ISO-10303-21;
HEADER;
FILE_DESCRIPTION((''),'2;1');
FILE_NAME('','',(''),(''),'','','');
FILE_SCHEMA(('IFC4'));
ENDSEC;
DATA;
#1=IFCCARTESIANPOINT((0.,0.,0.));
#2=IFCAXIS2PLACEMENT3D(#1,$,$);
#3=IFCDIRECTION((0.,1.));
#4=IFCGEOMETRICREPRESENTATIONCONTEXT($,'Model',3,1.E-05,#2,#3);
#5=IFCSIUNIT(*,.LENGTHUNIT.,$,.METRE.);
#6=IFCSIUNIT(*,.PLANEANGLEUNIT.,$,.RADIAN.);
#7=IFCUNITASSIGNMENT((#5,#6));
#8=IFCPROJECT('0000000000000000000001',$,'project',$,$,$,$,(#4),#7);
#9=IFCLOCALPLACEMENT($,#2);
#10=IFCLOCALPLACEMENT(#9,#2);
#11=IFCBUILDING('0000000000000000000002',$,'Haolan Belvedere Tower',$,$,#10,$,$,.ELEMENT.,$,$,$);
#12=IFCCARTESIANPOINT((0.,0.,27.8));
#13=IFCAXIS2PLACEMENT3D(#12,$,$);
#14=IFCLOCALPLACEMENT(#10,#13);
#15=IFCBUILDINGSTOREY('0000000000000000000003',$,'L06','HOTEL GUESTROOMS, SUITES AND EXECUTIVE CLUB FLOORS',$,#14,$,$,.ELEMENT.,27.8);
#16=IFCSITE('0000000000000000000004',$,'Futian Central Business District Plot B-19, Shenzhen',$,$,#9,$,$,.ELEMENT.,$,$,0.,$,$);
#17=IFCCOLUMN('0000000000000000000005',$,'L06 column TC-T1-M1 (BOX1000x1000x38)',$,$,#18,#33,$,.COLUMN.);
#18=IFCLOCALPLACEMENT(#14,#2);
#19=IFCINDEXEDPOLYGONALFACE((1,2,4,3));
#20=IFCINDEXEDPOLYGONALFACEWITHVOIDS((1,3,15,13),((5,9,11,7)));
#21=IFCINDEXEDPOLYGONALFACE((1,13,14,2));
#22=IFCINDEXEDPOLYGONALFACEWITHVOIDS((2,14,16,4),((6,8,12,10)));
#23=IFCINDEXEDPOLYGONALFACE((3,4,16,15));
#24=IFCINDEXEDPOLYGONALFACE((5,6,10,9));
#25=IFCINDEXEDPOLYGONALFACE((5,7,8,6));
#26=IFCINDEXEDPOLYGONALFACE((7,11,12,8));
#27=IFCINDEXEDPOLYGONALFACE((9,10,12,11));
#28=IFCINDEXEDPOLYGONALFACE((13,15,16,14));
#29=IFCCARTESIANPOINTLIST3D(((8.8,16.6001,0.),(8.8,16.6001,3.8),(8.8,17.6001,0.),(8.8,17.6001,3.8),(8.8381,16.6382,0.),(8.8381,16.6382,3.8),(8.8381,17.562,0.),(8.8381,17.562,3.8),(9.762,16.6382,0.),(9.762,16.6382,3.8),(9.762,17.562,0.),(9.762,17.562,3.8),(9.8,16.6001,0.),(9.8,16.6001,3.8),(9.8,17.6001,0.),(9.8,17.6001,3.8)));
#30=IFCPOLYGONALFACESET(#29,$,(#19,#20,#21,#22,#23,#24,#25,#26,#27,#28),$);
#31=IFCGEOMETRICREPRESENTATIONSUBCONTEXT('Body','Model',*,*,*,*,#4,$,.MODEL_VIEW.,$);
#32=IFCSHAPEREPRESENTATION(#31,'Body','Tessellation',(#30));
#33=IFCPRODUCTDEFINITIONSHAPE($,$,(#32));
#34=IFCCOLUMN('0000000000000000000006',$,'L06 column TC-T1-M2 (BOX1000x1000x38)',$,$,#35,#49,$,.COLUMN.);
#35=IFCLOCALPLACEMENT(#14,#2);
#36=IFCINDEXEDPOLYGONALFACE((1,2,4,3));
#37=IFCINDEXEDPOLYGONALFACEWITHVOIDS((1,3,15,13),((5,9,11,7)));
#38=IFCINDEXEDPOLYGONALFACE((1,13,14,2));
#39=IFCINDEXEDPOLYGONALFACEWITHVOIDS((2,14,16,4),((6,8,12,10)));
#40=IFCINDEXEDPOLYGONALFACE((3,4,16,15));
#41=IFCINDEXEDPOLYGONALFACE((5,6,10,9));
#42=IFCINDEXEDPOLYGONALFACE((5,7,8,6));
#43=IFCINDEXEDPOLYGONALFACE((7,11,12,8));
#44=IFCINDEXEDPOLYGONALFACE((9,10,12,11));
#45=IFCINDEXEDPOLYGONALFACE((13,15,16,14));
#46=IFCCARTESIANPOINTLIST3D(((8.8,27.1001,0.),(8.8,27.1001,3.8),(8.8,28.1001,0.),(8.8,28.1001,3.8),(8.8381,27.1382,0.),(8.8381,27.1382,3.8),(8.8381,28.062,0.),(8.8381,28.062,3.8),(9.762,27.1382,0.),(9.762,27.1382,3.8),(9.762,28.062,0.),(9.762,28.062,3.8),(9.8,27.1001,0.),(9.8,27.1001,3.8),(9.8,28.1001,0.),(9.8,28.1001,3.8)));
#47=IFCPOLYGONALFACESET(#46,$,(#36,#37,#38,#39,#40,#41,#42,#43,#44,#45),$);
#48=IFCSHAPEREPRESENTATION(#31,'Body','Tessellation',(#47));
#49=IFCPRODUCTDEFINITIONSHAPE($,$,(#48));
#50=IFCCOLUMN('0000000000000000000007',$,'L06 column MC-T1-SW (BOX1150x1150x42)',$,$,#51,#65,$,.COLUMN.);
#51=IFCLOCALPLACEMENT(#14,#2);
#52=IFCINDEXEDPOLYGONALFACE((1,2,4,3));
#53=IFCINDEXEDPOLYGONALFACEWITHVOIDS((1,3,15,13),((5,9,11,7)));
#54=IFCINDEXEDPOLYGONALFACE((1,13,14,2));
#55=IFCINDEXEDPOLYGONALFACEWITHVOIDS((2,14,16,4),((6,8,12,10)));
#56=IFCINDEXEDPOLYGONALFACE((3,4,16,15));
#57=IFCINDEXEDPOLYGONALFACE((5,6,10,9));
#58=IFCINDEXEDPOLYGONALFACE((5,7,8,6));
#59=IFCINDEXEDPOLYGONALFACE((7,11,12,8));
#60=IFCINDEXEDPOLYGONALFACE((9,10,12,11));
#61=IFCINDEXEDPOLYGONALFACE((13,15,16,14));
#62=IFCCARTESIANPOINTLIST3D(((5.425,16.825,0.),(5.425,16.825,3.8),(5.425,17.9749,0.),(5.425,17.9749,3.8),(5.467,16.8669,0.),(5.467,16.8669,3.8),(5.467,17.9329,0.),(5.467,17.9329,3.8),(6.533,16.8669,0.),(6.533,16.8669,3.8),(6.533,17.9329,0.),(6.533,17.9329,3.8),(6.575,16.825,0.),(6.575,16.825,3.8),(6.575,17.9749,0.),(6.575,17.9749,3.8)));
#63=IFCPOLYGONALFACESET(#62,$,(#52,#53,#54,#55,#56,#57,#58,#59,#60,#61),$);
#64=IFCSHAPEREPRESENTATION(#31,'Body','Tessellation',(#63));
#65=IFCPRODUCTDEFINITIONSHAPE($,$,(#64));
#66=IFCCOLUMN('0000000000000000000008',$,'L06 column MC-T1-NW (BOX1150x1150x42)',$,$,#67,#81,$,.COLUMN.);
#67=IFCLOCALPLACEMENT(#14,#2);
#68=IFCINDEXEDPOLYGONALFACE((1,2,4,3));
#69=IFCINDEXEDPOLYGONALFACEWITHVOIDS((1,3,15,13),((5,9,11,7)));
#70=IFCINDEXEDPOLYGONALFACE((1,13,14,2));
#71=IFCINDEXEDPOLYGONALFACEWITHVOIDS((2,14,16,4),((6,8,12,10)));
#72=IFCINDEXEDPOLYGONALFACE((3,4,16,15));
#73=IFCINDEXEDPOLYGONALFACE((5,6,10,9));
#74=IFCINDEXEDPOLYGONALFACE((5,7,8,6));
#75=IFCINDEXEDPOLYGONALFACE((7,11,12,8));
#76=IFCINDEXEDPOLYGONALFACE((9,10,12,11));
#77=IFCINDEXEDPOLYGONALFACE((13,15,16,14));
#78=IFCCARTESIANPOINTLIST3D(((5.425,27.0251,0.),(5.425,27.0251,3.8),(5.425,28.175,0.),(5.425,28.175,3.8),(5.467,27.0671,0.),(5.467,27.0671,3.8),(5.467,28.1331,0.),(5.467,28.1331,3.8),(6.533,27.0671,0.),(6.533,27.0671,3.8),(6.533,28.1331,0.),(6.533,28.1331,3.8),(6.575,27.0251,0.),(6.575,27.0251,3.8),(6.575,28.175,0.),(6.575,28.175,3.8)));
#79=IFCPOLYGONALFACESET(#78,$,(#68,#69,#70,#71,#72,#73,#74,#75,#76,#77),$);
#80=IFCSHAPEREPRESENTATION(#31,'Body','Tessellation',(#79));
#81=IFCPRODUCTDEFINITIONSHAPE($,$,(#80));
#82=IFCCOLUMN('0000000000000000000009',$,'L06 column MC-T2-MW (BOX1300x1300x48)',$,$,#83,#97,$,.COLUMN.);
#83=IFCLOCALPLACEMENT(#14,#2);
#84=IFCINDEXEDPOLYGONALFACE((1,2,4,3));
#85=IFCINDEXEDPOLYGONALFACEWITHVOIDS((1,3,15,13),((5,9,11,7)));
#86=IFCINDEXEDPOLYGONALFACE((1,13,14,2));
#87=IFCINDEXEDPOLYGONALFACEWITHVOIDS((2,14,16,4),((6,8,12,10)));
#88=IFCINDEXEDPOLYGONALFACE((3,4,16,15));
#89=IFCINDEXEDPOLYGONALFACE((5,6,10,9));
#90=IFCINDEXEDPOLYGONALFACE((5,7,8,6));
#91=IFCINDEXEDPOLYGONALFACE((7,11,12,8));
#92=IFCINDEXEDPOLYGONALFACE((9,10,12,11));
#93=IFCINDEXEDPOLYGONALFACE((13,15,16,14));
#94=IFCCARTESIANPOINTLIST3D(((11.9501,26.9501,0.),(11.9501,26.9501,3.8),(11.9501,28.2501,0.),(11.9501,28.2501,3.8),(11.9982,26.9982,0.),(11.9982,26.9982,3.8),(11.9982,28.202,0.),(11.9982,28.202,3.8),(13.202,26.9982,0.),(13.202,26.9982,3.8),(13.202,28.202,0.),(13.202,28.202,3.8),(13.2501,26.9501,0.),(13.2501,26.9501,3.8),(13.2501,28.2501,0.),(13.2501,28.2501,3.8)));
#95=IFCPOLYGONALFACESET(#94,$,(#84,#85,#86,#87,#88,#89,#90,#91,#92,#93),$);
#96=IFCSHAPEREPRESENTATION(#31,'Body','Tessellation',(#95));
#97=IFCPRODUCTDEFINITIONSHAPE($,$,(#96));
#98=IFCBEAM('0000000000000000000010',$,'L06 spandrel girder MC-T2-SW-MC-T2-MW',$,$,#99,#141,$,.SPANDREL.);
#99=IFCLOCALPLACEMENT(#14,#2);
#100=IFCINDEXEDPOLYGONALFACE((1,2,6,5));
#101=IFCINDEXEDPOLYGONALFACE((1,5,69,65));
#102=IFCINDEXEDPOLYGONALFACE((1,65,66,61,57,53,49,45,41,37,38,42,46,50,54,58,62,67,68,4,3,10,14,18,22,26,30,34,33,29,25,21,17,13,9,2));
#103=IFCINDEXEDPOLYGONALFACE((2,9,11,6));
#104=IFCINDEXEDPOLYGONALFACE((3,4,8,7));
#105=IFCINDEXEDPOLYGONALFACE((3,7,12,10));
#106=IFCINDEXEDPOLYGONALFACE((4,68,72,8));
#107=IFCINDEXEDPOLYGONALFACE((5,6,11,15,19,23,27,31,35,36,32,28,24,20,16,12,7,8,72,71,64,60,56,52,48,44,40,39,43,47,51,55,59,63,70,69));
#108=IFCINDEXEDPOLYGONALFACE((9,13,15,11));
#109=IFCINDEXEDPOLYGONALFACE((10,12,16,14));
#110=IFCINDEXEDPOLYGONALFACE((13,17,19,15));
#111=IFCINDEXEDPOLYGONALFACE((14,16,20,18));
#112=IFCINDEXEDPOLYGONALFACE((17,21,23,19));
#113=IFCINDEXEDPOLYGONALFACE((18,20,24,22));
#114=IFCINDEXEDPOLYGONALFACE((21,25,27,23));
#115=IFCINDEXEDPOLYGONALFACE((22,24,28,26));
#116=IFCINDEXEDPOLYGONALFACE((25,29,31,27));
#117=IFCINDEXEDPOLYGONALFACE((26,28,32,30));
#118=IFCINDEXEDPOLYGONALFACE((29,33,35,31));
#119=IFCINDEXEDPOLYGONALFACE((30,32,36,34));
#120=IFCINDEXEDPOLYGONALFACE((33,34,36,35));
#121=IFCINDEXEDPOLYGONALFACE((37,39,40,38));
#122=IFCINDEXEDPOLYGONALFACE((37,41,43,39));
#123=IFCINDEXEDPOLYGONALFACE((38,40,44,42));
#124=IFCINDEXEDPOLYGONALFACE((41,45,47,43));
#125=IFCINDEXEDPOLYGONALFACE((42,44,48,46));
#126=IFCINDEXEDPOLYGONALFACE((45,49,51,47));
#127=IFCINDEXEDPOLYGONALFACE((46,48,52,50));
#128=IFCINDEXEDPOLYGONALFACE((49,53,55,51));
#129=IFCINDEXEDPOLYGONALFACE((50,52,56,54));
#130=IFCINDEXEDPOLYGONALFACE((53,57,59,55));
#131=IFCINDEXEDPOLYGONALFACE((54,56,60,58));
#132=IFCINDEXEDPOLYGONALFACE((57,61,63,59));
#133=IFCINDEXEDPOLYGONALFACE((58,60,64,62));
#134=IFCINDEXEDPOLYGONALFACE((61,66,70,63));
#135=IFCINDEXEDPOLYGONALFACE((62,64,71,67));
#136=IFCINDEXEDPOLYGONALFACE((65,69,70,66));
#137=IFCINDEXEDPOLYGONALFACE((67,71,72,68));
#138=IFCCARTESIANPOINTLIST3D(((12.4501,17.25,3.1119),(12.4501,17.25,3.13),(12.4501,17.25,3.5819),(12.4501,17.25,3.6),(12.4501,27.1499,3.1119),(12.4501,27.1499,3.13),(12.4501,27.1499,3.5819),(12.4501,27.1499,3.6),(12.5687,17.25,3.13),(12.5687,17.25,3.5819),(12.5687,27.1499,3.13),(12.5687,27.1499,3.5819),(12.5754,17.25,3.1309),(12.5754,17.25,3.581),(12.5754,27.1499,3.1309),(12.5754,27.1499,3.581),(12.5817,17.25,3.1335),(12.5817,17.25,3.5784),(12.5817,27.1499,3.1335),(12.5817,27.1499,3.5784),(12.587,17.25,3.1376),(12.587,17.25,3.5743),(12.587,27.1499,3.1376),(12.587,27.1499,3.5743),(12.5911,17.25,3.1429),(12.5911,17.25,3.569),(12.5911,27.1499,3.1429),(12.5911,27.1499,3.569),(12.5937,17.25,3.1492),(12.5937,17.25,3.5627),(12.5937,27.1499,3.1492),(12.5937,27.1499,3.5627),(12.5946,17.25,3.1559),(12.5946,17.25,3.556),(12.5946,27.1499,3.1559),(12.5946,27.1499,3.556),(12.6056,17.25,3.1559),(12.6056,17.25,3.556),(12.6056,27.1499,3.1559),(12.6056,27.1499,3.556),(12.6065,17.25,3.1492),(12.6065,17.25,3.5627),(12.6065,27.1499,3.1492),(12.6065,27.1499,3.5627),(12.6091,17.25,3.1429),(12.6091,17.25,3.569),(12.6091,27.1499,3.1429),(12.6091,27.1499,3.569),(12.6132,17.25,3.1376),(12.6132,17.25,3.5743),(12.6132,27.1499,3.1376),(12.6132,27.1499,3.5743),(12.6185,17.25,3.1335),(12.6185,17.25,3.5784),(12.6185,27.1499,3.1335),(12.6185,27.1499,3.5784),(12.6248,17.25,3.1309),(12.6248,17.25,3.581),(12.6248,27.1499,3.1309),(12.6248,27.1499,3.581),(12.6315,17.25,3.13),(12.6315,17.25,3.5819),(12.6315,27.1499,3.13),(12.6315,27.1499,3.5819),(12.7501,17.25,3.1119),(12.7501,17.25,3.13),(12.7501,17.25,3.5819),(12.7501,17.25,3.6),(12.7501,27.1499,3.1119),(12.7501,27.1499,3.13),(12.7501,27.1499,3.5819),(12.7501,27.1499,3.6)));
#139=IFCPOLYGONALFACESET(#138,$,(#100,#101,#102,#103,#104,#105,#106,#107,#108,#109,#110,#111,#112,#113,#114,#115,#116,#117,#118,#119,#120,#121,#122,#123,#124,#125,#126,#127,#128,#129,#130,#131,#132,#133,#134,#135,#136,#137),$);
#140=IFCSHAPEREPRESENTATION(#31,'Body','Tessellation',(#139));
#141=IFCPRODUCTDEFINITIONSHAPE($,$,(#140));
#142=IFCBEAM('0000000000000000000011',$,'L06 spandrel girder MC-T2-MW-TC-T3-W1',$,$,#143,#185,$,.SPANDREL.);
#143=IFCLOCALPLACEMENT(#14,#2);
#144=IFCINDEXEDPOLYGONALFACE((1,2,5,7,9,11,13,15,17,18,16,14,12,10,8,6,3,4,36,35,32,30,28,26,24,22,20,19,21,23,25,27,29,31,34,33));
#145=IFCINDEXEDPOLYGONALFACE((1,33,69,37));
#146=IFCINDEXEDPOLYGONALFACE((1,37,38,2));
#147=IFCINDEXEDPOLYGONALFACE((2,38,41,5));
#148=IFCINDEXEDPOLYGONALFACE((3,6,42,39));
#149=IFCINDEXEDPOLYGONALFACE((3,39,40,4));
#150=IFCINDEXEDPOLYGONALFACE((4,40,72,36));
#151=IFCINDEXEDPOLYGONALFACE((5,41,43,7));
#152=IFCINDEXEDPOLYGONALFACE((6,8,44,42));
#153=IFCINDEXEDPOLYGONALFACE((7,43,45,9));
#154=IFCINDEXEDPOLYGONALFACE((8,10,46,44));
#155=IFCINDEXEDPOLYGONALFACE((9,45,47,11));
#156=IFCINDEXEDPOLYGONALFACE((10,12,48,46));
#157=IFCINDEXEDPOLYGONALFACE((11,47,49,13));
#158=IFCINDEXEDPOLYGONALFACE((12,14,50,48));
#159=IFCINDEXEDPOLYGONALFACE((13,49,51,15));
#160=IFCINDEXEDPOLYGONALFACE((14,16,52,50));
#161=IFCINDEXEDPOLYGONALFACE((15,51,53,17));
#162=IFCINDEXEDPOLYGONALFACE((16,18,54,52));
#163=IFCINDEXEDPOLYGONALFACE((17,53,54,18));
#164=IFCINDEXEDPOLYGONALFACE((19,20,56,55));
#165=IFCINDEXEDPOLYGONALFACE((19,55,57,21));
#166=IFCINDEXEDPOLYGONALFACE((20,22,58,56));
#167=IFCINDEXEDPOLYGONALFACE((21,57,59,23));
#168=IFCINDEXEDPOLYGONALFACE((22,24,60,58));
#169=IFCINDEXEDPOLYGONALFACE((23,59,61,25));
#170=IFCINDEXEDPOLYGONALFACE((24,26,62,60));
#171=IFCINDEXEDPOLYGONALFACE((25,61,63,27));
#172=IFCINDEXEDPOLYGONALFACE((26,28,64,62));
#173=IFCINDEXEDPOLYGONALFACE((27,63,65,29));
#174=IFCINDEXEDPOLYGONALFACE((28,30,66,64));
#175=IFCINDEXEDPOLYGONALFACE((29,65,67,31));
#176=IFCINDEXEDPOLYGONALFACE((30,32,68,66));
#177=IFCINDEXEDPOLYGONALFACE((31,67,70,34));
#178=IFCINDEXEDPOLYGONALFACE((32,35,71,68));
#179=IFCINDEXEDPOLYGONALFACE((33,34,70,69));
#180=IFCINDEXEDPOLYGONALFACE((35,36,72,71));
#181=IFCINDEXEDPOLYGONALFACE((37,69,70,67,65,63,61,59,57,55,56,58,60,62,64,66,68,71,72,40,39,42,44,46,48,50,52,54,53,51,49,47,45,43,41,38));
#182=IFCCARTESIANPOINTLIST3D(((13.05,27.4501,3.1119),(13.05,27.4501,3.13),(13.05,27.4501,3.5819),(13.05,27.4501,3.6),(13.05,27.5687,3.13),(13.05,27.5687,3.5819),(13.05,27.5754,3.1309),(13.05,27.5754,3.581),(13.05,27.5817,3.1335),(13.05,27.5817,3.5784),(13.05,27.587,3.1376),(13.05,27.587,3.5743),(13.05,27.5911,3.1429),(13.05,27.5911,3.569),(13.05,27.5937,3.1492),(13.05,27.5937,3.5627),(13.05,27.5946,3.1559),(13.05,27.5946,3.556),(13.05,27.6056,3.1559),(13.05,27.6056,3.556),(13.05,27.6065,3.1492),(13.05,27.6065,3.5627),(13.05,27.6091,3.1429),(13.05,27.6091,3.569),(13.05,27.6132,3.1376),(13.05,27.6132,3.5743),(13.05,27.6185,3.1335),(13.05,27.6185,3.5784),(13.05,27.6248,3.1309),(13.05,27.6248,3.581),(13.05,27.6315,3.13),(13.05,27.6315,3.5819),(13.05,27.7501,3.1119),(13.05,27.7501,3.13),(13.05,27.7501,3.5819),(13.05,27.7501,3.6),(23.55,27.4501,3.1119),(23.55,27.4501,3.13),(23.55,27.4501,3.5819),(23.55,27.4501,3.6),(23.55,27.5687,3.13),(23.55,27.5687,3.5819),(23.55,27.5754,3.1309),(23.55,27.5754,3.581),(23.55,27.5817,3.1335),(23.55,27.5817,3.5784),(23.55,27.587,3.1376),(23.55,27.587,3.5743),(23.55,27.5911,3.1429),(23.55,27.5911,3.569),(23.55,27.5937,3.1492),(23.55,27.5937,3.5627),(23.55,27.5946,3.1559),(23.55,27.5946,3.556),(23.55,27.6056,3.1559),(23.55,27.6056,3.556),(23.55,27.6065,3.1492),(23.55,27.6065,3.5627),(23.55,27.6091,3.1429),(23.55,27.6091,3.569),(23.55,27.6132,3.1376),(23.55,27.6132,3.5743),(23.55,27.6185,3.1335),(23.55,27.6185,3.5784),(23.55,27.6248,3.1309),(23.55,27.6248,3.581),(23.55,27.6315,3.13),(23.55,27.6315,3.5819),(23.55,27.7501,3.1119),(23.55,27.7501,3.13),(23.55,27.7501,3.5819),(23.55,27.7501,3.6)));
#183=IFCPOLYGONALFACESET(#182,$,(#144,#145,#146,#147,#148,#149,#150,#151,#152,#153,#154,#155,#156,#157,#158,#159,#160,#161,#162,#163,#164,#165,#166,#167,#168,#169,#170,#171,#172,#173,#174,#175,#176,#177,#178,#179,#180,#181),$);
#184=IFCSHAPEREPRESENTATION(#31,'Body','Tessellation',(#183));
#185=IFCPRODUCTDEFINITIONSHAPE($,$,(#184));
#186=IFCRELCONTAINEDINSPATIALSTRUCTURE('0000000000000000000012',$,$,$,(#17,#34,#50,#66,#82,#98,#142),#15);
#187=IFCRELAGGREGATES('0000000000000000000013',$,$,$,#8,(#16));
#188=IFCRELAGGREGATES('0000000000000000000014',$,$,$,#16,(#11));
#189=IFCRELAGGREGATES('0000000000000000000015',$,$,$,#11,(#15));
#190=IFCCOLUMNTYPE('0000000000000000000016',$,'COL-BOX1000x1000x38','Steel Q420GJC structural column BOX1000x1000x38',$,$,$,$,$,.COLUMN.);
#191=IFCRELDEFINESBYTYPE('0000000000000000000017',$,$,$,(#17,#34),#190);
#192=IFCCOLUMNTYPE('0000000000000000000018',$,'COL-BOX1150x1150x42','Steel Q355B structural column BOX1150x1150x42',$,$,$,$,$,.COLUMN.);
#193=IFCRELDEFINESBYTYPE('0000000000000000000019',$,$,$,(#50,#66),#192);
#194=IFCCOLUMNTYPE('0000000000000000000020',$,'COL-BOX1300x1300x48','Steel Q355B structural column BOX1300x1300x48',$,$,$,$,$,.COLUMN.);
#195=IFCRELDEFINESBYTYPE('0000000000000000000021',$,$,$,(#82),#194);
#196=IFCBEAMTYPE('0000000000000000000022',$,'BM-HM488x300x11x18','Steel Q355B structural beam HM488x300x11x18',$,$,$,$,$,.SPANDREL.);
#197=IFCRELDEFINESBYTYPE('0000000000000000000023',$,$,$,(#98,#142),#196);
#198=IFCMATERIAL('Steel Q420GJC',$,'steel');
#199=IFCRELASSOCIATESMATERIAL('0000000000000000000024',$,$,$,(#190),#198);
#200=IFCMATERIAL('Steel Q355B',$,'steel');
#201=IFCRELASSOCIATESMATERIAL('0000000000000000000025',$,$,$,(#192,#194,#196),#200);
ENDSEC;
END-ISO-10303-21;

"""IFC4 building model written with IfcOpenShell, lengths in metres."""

from ifc_helpers import new_model, si_unit, direction, frame, origin, origin_2d, place, context, subcontext, project, spatial, hollow_rectangle, i_section, extrude, material, material_profile, profile_set, type_object, element, save


model = new_model("IFC4")

# Units and contexts
model_context = context("Model", 3, precision=1e-05, world=origin(), true_north=direction((0.0, 1.0)))
body_context = subcontext(model_context, "Body", "Model", "MODEL_VIEW")
ifc_project = project(units=[si_unit("LENGTHUNIT", "METRE"), si_unit("PLANEANGLEUNIT", "RADIAN")], contexts=[model_context])

# Site, building, storey
site_placement = place(None, origin())
site = spatial("IfcSite", under=ifc_project, at=site_placement, Name="Futian Central Business District Plot B-19, Shenzhen", CompositionType="ELEMENT", RefElevation=0.0)
building_placement = place(site_placement, origin())
building = spatial("IfcBuilding", under=site, at=building_placement, Name="Haolan Belvedere Tower", CompositionType="ELEMENT")
storey_placement = place(building_placement, frame((0.0, 0.0, 27.8)))
storey = spatial("IfcBuildingStorey", under=building, at=storey_placement, Name="L06", Description="HOTEL GUESTROOMS, SUITES AND EXECUTIVE CLUB FLOORS", CompositionType="ELEMENT", Elevation=27.8)

# Columns
ifc_material_1 = material(Name="Steel Q420GJC", Category="steel")
ifc_material_profile_1 = material_profile(ifc_material_1, hollow_rectangle(XDim=1.0, YDim=1.0, WallThickness=0.0381, at=origin_2d()), Name="Steel Q420GJC")
ifc_profile_set_1 = profile_set([ifc_material_profile_1], Name="Steel Q420GJC")
column_type_1 = type_object("IfcColumnType", Name="COL-BOX1000x1000x38", Description="Steel Q420GJC structural column BOX1000x1000x38", PredefinedType="COLUMN", material=ifc_profile_set_1)
for number, where, z_axis, x_axis, name in (
    (1, (9.3, 17.1001, 0.0), (0.0, 0.0, 1.0), (1.0, 0.0, 0.0), "L06 column TC-T1-M1 (BOX1000x1000x38)"),
    (2, (9.3, 27.6001, 0.0), (0.0, 0.0, 1.0), (1.0, 0.0, 0.0), "L06 column TC-T1-M2 (BOX1000x1000x38)"),
):
    element("IfcColumn", number, at=place(storey_placement, frame(where, z_axis=z_axis, x_axis=x_axis)), inside=storey, type_object=column_type_1, Name=name, PredefinedType="COLUMN", context=body_context, shape_type="SweptSolid", body=[
        extrude(hollow_rectangle(XDim=1.0, YDim=1.0, WallThickness=0.0381, at=origin_2d()), origin(), (0.0, 0.0, 1.0), 3.8),
    ])
ifc_material_2 = material(Name="Steel Q355B", Category="steel")
ifc_material_profile_2 = material_profile(ifc_material_2, hollow_rectangle(XDim=1.1499, YDim=1.1499, WallThickness=0.042, at=origin_2d()), Name="Steel Q355B")
ifc_profile_set_2 = profile_set([ifc_material_profile_2], Name="Steel Q355B")
column_type_2 = type_object("IfcColumnType", Name="COL-BOX1150x1150x42", Description="Steel Q355B structural column BOX1150x1150x42", PredefinedType="COLUMN", material=ifc_profile_set_2)
for number, where, z_axis, x_axis, name in (
    (3, (6.0, 17.3999, 0.0), (0.0, 0.0, 1.0), (1.0, 0.0, 0.0), "L06 column MC-T1-SW (BOX1150x1150x42)"),
    (4, (6.0, 27.6001, 0.0), (0.0, 0.0, 1.0), (1.0, 0.0, 0.0), "L06 column MC-T1-NW (BOX1150x1150x42)"),
):
    element("IfcColumn", number, at=place(storey_placement, frame(where, z_axis=z_axis, x_axis=x_axis)), inside=storey, type_object=column_type_2, Name=name, PredefinedType="COLUMN", context=body_context, shape_type="SweptSolid", body=[
        extrude(hollow_rectangle(XDim=1.1499, YDim=1.1499, WallThickness=0.042, at=origin_2d()), origin(), (0.0, 0.0, 1.0), 3.8),
    ])
ifc_material_profile_3 = material_profile(ifc_material_2, hollow_rectangle(XDim=1.3, YDim=1.3, WallThickness=0.0481, at=origin_2d()), Name="Steel Q355B")
ifc_profile_set_3 = profile_set([ifc_material_profile_3], Name="Steel Q355B")
column_type_3 = type_object("IfcColumnType", Name="COL-BOX1300x1300x48", Description="Steel Q355B structural column BOX1300x1300x48", PredefinedType="COLUMN", material=ifc_profile_set_3)
column_placement = place(storey_placement, frame((12.6001, 27.6001, 0.0), z_axis=(0.0, 0.0, 1.0), x_axis=(1.0, 0.0, 0.0)))
element("IfcColumn", 5, at=column_placement, inside=storey, type_object=column_type_3, Name="L06 column MC-T2-MW (BOX1300x1300x48)", PredefinedType="COLUMN", context=body_context, shape_type="SweptSolid", body=[
    extrude(hollow_rectangle(XDim=1.3, YDim=1.3, WallThickness=0.0481, at=origin_2d()), origin(), (0.0, 0.0, 1.0), 3.8),
])

# Beams
ifc_material_profile_4 = material_profile(ifc_material_2, i_section(OverallWidth=0.3, OverallDepth=0.488, WebThickness=0.011, FlangeThickness=0.0181, FilletRadius=0.0259, at=origin_2d()), Name="Steel Q355B")
ifc_profile_set_4 = profile_set([ifc_material_profile_4], Name="Steel Q355B")
beam_type_1 = type_object("IfcBeamType", Name="BM-HM488x300x11x18", Description="Steel Q355B structural beam HM488x300x11x18", PredefinedType="SPANDREL", material=ifc_profile_set_4)
beam_1_placement = place(storey_placement, frame((12.6001, 17.25, 3.356), z_axis=(0.0, 1.0, 0.0), x_axis=(-1.0, 0.0, 0.0)))
element("IfcBeam", 6, at=beam_1_placement, inside=storey, type_object=beam_type_1, Name="L06 spandrel girder MC-T2-SW-MC-T2-MW", PredefinedType="SPANDREL", context=body_context, shape_type="SweptSolid", body=[
    extrude(i_section(OverallWidth=0.3, OverallDepth=0.488, WebThickness=0.011, FlangeThickness=0.0181, FilletRadius=0.0259, at=origin_2d()), origin(), (0.0, 0.0, 1.0), 9.8999),
])
beam_2_placement = place(storey_placement, frame((13.05, 27.6001, 3.356), z_axis=(1.0, 0.0, 0.0), x_axis=(0.0, 1.0, 0.0)))
element("IfcBeam", 7, at=beam_2_placement, inside=storey, type_object=beam_type_1, Name="L06 spandrel girder MC-T2-MW-TC-T3-W1", PredefinedType="SPANDREL", context=body_context, shape_type="SweptSolid", body=[
    extrude(i_section(OverallWidth=0.3, OverallDepth=0.488, WebThickness=0.011, FlangeThickness=0.0181, FilletRadius=0.0259, at=origin_2d()), origin(), (0.0, 0.0, 1.0), 10.5),
])

save(model, "model.ifc")
